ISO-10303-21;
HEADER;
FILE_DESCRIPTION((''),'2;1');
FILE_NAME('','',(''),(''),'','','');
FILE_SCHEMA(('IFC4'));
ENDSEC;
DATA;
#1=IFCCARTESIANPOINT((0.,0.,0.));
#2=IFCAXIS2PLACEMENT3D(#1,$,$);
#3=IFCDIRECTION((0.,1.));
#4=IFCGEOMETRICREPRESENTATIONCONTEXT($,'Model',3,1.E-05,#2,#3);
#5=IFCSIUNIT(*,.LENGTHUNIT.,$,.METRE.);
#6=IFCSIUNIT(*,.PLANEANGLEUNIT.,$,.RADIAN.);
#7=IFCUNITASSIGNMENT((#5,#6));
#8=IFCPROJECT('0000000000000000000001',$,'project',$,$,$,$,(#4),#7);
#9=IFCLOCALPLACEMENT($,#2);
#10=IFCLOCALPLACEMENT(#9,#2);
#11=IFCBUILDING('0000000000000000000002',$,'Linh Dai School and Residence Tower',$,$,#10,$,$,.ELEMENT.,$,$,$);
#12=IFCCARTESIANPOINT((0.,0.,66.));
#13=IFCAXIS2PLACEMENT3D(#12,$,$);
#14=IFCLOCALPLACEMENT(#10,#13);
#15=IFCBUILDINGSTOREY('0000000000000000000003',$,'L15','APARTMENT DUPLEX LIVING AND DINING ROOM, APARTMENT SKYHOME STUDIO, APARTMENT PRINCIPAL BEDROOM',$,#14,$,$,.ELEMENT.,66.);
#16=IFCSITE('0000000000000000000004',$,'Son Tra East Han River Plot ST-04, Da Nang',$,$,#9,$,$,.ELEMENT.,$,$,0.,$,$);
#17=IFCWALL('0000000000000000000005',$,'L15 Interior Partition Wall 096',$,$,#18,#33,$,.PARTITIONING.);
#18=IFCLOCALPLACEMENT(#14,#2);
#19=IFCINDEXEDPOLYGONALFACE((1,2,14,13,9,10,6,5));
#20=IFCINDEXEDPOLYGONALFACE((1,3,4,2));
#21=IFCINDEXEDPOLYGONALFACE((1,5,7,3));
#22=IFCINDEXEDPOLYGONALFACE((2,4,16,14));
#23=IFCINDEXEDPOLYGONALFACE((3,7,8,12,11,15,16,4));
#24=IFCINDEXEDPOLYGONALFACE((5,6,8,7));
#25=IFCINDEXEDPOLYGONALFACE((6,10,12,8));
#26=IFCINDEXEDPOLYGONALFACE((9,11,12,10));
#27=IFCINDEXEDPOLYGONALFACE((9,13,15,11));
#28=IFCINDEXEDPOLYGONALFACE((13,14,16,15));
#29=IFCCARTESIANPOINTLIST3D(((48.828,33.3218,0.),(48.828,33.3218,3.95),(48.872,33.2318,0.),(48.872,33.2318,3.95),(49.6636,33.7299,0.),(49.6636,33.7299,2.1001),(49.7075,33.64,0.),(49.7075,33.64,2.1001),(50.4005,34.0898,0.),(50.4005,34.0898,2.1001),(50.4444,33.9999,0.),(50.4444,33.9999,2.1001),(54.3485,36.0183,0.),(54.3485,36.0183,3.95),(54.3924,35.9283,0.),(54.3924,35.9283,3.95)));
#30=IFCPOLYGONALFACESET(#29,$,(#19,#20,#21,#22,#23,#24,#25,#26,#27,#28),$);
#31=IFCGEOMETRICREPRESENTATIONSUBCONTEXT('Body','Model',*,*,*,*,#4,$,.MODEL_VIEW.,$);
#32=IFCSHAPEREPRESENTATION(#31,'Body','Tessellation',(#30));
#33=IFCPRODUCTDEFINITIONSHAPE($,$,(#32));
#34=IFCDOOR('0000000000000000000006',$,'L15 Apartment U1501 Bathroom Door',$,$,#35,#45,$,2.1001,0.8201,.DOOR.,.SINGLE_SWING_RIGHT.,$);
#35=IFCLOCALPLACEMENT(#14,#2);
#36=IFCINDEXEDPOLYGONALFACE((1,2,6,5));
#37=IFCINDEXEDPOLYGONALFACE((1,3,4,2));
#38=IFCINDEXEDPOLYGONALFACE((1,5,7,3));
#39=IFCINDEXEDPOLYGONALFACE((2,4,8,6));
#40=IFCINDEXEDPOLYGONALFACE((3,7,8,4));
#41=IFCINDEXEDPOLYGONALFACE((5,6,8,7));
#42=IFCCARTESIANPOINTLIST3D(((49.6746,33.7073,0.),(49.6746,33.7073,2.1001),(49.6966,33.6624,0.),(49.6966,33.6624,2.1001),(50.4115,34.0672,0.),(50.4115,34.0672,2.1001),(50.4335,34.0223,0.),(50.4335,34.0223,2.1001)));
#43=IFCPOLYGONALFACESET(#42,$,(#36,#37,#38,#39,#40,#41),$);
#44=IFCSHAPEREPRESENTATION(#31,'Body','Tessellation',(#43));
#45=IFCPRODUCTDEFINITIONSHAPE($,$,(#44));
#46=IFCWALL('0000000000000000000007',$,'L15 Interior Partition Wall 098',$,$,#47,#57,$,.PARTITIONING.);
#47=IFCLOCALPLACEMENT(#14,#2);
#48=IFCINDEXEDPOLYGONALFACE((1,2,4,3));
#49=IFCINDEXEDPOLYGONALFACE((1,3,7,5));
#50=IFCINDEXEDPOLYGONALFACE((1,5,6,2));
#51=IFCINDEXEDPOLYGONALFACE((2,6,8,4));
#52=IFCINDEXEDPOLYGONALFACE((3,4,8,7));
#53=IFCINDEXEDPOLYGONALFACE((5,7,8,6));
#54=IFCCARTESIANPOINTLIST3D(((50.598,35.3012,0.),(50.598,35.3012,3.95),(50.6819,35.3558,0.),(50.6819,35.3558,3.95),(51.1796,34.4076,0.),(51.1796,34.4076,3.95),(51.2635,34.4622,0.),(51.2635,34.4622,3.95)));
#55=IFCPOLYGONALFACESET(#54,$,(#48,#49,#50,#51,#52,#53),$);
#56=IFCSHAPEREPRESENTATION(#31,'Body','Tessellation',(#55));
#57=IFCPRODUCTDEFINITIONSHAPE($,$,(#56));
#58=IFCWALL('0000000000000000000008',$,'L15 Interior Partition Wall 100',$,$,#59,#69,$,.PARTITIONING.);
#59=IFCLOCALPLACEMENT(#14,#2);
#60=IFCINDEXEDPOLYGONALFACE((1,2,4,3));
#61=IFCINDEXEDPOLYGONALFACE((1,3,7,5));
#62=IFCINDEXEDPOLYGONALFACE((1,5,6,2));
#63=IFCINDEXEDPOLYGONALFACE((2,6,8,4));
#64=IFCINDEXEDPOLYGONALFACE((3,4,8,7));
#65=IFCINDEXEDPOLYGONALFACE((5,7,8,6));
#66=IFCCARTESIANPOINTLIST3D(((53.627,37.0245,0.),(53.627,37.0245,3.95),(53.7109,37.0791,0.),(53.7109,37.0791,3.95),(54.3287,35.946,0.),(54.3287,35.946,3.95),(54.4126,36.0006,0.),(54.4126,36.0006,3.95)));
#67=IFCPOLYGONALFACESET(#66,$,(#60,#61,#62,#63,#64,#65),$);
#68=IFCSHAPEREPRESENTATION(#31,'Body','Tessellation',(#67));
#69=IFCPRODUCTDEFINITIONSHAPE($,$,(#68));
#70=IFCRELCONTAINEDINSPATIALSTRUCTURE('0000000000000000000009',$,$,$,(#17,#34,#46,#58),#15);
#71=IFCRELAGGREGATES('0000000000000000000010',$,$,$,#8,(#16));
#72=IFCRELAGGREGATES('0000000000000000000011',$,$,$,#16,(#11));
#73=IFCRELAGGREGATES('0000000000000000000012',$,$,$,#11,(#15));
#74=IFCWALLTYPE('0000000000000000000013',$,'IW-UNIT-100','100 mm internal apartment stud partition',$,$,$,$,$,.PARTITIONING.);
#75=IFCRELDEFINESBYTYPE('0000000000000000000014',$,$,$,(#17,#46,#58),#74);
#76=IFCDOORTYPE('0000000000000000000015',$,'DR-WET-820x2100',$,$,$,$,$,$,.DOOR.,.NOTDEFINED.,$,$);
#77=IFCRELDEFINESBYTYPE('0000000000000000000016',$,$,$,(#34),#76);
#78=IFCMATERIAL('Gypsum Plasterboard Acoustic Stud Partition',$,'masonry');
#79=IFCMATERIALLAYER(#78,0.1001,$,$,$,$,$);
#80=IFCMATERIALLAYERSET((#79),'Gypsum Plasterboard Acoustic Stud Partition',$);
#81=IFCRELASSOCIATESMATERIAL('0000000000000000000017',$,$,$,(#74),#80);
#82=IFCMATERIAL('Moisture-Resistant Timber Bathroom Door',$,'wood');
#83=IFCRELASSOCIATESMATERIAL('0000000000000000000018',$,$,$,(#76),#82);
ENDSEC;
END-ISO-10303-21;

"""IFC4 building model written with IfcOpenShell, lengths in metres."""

from ifc_helpers import new_model, si_unit, direction, frame, frame_2d, origin, origin_2d, place, context, subcontext, project, spatial, rectangle, extrude, source, transform, mapped, material, layer, layer_set, type_object, element, fill, save


model = new_model("IFC4")

# Units and contexts
model_context = context("Model", 3, precision=1e-05, world=origin(), true_north=direction((0.0, 1.0)))
body_context = subcontext(model_context, "Body", "Model", "MODEL_VIEW")
ifc_project = project(units=[si_unit("LENGTHUNIT", "METRE"), si_unit("PLANEANGLEUNIT", "RADIAN")], contexts=[model_context])

# Site, building, storey
site_placement = place(None, origin())
site = spatial("IfcSite", under=ifc_project, at=site_placement, Name="Son Tra East Han River Plot ST-04, Da Nang", CompositionType="ELEMENT", RefElevation=0.0)
building_placement = place(site_placement, origin())
building = spatial("IfcBuilding", under=site, at=building_placement, Name="Linh Dai School and Residence Tower", CompositionType="ELEMENT")
storey_placement = place(building_placement, frame((0.0, 0.0, 66.0)))
storey = spatial("IfcBuildingStorey", under=building, at=storey_placement, Name="L15", Description="APARTMENT DUPLEX LIVING AND DINING ROOM, APARTMENT SKYHOME STUDIO, APARTMENT PRINCIPAL BEDROOM", CompositionType="ELEMENT", Elevation=66.0)

# Shared definitions
ifc_material_1 = material(Name="Gypsum Plasterboard Acoustic Stud Partition", Category="masonry")
ifc_layer_1 = layer(ifc_material_1, 0.1001)
ifc_layer_set_1 = layer_set([ifc_layer_1], Name="Gypsum Plasterboard Acoustic Stud Partition")
wall_type_1 = type_object("IfcWallType", Name="IW-UNIT-100", Description="100 mm internal apartment stud partition", PredefinedType="PARTITIONING", material=ifc_layer_set_1)

# Wall, opening, door
wall_1_placement = place(storey_placement, frame((48.8501, 33.2769, 0.0), z_axis=(0.0, 0.0, 1.0), x_axis=(0.898537, 0.438897, 0.0)))
wall_1 = element("IfcWall", 1, at=wall_1_placement, inside=storey, type_object=wall_type_1, Name="L15 Interior Partition Wall 096", PredefinedType="PARTITIONING", context=body_context, shape_type="SweptSolid", body=[
    extrude(rectangle(XDim=6.1438, YDim=0.1001, at=frame_2d((3.0718, 0.0))), origin(), (0.0, 0.0, 1.0), 3.95),
])
opening_1_placement = place(wall_1_placement, frame((0.9297, 0.0, 0.0)))
opening_1 = element("IfcOpeningElement", 2, at=opening_1_placement, cuts=wall_1, PredefinedType="OPENING", context=body_context, shape_type="SweptSolid", body=[
    extrude(rectangle(XDim=0.8201, YDim=2.1001, at=origin_2d()), frame((0.4102, 0.0601, 1.05), z_axis=(0.0, -1.0, 0.0), x_axis=(1.0, 0.0, 0.0)), (0.0, 0.0, 1.0), 0.1201),
])
ifc_material_2 = material(Name="Moisture-Resistant Timber Bathroom Door", Category="wood")
door_type_1 = type_object("IfcDoorType", Name="DR-WET-820x2100", OperationType="NOTDEFINED", PredefinedType="DOOR", material=ifc_material_2)
shared_shape_1 = source(origin(), body_context, "Body", "SweptSolid", [
    extrude(rectangle(XDim=0.8201, YDim=2.1001, at=origin_2d()), frame((0.4102, 0.0249, 1.05), z_axis=(0.0, -1.0, 0.0), x_axis=(1.0, 0.0, 0.0)), (0.0, 0.0, 1.0), 0.05),
])
door_1_placement = place(opening_1_placement, origin())
door_1 = element("IfcDoor", 3, at=door_1_placement, inside=storey, type_object=door_type_1, Name="L15 Apartment U1501 Bathroom Door", OperationType="SINGLE_SWING_RIGHT", OverallHeight=2.1001, OverallWidth=0.8201, PredefinedType="DOOR", context=body_context, shape_type="MappedRepresentation", body=[
    mapped(shared_shape_1, transform((0.0, 0.0, 0.0), x_axis=(1.0, 0.0, 0.0), y_axis=(0.0, 1.0, 0.0), z_axis=(0.0, 0.0, 1.0), scale=1.0)),
])
fill(opening_1, door_1)

# Walls
wall_2_placement = place(storey_placement, frame((50.6399, 35.3286, 0.0), z_axis=(0.0, 0.0, 1.0), x_axis=(0.545471, -0.83813, 0.0)))
element("IfcWall", 4, at=wall_2_placement, inside=storey, type_object=wall_type_1, Name="L15 Interior Partition Wall 098", PredefinedType="PARTITIONING", context=body_context, shape_type="SweptSolid", body=[
    extrude(rectangle(XDim=1.0662, YDim=0.1001, at=frame_2d((0.5332, 0.0))), origin(), (0.0, 0.0, 1.0), 3.95),
])
wall_3_placement = place(storey_placement, frame((53.6689, 37.0518, 0.0), z_axis=(0.0, 0.0, 1.0), x_axis=(0.545382, -0.838188, 0.0)))
element("IfcWall", 5, at=wall_3_placement, inside=storey, type_object=wall_type_1, Name="L15 Interior Partition Wall 100", PredefinedType="PARTITIONING", context=body_context, shape_type="SweptSolid", body=[
    extrude(rectangle(XDim=1.2866, YDim=0.1001, at=frame_2d((0.6433, 0.0))), origin(), (0.0, 0.0, 1.0), 3.95),
])

save(model, "model.ifc")
